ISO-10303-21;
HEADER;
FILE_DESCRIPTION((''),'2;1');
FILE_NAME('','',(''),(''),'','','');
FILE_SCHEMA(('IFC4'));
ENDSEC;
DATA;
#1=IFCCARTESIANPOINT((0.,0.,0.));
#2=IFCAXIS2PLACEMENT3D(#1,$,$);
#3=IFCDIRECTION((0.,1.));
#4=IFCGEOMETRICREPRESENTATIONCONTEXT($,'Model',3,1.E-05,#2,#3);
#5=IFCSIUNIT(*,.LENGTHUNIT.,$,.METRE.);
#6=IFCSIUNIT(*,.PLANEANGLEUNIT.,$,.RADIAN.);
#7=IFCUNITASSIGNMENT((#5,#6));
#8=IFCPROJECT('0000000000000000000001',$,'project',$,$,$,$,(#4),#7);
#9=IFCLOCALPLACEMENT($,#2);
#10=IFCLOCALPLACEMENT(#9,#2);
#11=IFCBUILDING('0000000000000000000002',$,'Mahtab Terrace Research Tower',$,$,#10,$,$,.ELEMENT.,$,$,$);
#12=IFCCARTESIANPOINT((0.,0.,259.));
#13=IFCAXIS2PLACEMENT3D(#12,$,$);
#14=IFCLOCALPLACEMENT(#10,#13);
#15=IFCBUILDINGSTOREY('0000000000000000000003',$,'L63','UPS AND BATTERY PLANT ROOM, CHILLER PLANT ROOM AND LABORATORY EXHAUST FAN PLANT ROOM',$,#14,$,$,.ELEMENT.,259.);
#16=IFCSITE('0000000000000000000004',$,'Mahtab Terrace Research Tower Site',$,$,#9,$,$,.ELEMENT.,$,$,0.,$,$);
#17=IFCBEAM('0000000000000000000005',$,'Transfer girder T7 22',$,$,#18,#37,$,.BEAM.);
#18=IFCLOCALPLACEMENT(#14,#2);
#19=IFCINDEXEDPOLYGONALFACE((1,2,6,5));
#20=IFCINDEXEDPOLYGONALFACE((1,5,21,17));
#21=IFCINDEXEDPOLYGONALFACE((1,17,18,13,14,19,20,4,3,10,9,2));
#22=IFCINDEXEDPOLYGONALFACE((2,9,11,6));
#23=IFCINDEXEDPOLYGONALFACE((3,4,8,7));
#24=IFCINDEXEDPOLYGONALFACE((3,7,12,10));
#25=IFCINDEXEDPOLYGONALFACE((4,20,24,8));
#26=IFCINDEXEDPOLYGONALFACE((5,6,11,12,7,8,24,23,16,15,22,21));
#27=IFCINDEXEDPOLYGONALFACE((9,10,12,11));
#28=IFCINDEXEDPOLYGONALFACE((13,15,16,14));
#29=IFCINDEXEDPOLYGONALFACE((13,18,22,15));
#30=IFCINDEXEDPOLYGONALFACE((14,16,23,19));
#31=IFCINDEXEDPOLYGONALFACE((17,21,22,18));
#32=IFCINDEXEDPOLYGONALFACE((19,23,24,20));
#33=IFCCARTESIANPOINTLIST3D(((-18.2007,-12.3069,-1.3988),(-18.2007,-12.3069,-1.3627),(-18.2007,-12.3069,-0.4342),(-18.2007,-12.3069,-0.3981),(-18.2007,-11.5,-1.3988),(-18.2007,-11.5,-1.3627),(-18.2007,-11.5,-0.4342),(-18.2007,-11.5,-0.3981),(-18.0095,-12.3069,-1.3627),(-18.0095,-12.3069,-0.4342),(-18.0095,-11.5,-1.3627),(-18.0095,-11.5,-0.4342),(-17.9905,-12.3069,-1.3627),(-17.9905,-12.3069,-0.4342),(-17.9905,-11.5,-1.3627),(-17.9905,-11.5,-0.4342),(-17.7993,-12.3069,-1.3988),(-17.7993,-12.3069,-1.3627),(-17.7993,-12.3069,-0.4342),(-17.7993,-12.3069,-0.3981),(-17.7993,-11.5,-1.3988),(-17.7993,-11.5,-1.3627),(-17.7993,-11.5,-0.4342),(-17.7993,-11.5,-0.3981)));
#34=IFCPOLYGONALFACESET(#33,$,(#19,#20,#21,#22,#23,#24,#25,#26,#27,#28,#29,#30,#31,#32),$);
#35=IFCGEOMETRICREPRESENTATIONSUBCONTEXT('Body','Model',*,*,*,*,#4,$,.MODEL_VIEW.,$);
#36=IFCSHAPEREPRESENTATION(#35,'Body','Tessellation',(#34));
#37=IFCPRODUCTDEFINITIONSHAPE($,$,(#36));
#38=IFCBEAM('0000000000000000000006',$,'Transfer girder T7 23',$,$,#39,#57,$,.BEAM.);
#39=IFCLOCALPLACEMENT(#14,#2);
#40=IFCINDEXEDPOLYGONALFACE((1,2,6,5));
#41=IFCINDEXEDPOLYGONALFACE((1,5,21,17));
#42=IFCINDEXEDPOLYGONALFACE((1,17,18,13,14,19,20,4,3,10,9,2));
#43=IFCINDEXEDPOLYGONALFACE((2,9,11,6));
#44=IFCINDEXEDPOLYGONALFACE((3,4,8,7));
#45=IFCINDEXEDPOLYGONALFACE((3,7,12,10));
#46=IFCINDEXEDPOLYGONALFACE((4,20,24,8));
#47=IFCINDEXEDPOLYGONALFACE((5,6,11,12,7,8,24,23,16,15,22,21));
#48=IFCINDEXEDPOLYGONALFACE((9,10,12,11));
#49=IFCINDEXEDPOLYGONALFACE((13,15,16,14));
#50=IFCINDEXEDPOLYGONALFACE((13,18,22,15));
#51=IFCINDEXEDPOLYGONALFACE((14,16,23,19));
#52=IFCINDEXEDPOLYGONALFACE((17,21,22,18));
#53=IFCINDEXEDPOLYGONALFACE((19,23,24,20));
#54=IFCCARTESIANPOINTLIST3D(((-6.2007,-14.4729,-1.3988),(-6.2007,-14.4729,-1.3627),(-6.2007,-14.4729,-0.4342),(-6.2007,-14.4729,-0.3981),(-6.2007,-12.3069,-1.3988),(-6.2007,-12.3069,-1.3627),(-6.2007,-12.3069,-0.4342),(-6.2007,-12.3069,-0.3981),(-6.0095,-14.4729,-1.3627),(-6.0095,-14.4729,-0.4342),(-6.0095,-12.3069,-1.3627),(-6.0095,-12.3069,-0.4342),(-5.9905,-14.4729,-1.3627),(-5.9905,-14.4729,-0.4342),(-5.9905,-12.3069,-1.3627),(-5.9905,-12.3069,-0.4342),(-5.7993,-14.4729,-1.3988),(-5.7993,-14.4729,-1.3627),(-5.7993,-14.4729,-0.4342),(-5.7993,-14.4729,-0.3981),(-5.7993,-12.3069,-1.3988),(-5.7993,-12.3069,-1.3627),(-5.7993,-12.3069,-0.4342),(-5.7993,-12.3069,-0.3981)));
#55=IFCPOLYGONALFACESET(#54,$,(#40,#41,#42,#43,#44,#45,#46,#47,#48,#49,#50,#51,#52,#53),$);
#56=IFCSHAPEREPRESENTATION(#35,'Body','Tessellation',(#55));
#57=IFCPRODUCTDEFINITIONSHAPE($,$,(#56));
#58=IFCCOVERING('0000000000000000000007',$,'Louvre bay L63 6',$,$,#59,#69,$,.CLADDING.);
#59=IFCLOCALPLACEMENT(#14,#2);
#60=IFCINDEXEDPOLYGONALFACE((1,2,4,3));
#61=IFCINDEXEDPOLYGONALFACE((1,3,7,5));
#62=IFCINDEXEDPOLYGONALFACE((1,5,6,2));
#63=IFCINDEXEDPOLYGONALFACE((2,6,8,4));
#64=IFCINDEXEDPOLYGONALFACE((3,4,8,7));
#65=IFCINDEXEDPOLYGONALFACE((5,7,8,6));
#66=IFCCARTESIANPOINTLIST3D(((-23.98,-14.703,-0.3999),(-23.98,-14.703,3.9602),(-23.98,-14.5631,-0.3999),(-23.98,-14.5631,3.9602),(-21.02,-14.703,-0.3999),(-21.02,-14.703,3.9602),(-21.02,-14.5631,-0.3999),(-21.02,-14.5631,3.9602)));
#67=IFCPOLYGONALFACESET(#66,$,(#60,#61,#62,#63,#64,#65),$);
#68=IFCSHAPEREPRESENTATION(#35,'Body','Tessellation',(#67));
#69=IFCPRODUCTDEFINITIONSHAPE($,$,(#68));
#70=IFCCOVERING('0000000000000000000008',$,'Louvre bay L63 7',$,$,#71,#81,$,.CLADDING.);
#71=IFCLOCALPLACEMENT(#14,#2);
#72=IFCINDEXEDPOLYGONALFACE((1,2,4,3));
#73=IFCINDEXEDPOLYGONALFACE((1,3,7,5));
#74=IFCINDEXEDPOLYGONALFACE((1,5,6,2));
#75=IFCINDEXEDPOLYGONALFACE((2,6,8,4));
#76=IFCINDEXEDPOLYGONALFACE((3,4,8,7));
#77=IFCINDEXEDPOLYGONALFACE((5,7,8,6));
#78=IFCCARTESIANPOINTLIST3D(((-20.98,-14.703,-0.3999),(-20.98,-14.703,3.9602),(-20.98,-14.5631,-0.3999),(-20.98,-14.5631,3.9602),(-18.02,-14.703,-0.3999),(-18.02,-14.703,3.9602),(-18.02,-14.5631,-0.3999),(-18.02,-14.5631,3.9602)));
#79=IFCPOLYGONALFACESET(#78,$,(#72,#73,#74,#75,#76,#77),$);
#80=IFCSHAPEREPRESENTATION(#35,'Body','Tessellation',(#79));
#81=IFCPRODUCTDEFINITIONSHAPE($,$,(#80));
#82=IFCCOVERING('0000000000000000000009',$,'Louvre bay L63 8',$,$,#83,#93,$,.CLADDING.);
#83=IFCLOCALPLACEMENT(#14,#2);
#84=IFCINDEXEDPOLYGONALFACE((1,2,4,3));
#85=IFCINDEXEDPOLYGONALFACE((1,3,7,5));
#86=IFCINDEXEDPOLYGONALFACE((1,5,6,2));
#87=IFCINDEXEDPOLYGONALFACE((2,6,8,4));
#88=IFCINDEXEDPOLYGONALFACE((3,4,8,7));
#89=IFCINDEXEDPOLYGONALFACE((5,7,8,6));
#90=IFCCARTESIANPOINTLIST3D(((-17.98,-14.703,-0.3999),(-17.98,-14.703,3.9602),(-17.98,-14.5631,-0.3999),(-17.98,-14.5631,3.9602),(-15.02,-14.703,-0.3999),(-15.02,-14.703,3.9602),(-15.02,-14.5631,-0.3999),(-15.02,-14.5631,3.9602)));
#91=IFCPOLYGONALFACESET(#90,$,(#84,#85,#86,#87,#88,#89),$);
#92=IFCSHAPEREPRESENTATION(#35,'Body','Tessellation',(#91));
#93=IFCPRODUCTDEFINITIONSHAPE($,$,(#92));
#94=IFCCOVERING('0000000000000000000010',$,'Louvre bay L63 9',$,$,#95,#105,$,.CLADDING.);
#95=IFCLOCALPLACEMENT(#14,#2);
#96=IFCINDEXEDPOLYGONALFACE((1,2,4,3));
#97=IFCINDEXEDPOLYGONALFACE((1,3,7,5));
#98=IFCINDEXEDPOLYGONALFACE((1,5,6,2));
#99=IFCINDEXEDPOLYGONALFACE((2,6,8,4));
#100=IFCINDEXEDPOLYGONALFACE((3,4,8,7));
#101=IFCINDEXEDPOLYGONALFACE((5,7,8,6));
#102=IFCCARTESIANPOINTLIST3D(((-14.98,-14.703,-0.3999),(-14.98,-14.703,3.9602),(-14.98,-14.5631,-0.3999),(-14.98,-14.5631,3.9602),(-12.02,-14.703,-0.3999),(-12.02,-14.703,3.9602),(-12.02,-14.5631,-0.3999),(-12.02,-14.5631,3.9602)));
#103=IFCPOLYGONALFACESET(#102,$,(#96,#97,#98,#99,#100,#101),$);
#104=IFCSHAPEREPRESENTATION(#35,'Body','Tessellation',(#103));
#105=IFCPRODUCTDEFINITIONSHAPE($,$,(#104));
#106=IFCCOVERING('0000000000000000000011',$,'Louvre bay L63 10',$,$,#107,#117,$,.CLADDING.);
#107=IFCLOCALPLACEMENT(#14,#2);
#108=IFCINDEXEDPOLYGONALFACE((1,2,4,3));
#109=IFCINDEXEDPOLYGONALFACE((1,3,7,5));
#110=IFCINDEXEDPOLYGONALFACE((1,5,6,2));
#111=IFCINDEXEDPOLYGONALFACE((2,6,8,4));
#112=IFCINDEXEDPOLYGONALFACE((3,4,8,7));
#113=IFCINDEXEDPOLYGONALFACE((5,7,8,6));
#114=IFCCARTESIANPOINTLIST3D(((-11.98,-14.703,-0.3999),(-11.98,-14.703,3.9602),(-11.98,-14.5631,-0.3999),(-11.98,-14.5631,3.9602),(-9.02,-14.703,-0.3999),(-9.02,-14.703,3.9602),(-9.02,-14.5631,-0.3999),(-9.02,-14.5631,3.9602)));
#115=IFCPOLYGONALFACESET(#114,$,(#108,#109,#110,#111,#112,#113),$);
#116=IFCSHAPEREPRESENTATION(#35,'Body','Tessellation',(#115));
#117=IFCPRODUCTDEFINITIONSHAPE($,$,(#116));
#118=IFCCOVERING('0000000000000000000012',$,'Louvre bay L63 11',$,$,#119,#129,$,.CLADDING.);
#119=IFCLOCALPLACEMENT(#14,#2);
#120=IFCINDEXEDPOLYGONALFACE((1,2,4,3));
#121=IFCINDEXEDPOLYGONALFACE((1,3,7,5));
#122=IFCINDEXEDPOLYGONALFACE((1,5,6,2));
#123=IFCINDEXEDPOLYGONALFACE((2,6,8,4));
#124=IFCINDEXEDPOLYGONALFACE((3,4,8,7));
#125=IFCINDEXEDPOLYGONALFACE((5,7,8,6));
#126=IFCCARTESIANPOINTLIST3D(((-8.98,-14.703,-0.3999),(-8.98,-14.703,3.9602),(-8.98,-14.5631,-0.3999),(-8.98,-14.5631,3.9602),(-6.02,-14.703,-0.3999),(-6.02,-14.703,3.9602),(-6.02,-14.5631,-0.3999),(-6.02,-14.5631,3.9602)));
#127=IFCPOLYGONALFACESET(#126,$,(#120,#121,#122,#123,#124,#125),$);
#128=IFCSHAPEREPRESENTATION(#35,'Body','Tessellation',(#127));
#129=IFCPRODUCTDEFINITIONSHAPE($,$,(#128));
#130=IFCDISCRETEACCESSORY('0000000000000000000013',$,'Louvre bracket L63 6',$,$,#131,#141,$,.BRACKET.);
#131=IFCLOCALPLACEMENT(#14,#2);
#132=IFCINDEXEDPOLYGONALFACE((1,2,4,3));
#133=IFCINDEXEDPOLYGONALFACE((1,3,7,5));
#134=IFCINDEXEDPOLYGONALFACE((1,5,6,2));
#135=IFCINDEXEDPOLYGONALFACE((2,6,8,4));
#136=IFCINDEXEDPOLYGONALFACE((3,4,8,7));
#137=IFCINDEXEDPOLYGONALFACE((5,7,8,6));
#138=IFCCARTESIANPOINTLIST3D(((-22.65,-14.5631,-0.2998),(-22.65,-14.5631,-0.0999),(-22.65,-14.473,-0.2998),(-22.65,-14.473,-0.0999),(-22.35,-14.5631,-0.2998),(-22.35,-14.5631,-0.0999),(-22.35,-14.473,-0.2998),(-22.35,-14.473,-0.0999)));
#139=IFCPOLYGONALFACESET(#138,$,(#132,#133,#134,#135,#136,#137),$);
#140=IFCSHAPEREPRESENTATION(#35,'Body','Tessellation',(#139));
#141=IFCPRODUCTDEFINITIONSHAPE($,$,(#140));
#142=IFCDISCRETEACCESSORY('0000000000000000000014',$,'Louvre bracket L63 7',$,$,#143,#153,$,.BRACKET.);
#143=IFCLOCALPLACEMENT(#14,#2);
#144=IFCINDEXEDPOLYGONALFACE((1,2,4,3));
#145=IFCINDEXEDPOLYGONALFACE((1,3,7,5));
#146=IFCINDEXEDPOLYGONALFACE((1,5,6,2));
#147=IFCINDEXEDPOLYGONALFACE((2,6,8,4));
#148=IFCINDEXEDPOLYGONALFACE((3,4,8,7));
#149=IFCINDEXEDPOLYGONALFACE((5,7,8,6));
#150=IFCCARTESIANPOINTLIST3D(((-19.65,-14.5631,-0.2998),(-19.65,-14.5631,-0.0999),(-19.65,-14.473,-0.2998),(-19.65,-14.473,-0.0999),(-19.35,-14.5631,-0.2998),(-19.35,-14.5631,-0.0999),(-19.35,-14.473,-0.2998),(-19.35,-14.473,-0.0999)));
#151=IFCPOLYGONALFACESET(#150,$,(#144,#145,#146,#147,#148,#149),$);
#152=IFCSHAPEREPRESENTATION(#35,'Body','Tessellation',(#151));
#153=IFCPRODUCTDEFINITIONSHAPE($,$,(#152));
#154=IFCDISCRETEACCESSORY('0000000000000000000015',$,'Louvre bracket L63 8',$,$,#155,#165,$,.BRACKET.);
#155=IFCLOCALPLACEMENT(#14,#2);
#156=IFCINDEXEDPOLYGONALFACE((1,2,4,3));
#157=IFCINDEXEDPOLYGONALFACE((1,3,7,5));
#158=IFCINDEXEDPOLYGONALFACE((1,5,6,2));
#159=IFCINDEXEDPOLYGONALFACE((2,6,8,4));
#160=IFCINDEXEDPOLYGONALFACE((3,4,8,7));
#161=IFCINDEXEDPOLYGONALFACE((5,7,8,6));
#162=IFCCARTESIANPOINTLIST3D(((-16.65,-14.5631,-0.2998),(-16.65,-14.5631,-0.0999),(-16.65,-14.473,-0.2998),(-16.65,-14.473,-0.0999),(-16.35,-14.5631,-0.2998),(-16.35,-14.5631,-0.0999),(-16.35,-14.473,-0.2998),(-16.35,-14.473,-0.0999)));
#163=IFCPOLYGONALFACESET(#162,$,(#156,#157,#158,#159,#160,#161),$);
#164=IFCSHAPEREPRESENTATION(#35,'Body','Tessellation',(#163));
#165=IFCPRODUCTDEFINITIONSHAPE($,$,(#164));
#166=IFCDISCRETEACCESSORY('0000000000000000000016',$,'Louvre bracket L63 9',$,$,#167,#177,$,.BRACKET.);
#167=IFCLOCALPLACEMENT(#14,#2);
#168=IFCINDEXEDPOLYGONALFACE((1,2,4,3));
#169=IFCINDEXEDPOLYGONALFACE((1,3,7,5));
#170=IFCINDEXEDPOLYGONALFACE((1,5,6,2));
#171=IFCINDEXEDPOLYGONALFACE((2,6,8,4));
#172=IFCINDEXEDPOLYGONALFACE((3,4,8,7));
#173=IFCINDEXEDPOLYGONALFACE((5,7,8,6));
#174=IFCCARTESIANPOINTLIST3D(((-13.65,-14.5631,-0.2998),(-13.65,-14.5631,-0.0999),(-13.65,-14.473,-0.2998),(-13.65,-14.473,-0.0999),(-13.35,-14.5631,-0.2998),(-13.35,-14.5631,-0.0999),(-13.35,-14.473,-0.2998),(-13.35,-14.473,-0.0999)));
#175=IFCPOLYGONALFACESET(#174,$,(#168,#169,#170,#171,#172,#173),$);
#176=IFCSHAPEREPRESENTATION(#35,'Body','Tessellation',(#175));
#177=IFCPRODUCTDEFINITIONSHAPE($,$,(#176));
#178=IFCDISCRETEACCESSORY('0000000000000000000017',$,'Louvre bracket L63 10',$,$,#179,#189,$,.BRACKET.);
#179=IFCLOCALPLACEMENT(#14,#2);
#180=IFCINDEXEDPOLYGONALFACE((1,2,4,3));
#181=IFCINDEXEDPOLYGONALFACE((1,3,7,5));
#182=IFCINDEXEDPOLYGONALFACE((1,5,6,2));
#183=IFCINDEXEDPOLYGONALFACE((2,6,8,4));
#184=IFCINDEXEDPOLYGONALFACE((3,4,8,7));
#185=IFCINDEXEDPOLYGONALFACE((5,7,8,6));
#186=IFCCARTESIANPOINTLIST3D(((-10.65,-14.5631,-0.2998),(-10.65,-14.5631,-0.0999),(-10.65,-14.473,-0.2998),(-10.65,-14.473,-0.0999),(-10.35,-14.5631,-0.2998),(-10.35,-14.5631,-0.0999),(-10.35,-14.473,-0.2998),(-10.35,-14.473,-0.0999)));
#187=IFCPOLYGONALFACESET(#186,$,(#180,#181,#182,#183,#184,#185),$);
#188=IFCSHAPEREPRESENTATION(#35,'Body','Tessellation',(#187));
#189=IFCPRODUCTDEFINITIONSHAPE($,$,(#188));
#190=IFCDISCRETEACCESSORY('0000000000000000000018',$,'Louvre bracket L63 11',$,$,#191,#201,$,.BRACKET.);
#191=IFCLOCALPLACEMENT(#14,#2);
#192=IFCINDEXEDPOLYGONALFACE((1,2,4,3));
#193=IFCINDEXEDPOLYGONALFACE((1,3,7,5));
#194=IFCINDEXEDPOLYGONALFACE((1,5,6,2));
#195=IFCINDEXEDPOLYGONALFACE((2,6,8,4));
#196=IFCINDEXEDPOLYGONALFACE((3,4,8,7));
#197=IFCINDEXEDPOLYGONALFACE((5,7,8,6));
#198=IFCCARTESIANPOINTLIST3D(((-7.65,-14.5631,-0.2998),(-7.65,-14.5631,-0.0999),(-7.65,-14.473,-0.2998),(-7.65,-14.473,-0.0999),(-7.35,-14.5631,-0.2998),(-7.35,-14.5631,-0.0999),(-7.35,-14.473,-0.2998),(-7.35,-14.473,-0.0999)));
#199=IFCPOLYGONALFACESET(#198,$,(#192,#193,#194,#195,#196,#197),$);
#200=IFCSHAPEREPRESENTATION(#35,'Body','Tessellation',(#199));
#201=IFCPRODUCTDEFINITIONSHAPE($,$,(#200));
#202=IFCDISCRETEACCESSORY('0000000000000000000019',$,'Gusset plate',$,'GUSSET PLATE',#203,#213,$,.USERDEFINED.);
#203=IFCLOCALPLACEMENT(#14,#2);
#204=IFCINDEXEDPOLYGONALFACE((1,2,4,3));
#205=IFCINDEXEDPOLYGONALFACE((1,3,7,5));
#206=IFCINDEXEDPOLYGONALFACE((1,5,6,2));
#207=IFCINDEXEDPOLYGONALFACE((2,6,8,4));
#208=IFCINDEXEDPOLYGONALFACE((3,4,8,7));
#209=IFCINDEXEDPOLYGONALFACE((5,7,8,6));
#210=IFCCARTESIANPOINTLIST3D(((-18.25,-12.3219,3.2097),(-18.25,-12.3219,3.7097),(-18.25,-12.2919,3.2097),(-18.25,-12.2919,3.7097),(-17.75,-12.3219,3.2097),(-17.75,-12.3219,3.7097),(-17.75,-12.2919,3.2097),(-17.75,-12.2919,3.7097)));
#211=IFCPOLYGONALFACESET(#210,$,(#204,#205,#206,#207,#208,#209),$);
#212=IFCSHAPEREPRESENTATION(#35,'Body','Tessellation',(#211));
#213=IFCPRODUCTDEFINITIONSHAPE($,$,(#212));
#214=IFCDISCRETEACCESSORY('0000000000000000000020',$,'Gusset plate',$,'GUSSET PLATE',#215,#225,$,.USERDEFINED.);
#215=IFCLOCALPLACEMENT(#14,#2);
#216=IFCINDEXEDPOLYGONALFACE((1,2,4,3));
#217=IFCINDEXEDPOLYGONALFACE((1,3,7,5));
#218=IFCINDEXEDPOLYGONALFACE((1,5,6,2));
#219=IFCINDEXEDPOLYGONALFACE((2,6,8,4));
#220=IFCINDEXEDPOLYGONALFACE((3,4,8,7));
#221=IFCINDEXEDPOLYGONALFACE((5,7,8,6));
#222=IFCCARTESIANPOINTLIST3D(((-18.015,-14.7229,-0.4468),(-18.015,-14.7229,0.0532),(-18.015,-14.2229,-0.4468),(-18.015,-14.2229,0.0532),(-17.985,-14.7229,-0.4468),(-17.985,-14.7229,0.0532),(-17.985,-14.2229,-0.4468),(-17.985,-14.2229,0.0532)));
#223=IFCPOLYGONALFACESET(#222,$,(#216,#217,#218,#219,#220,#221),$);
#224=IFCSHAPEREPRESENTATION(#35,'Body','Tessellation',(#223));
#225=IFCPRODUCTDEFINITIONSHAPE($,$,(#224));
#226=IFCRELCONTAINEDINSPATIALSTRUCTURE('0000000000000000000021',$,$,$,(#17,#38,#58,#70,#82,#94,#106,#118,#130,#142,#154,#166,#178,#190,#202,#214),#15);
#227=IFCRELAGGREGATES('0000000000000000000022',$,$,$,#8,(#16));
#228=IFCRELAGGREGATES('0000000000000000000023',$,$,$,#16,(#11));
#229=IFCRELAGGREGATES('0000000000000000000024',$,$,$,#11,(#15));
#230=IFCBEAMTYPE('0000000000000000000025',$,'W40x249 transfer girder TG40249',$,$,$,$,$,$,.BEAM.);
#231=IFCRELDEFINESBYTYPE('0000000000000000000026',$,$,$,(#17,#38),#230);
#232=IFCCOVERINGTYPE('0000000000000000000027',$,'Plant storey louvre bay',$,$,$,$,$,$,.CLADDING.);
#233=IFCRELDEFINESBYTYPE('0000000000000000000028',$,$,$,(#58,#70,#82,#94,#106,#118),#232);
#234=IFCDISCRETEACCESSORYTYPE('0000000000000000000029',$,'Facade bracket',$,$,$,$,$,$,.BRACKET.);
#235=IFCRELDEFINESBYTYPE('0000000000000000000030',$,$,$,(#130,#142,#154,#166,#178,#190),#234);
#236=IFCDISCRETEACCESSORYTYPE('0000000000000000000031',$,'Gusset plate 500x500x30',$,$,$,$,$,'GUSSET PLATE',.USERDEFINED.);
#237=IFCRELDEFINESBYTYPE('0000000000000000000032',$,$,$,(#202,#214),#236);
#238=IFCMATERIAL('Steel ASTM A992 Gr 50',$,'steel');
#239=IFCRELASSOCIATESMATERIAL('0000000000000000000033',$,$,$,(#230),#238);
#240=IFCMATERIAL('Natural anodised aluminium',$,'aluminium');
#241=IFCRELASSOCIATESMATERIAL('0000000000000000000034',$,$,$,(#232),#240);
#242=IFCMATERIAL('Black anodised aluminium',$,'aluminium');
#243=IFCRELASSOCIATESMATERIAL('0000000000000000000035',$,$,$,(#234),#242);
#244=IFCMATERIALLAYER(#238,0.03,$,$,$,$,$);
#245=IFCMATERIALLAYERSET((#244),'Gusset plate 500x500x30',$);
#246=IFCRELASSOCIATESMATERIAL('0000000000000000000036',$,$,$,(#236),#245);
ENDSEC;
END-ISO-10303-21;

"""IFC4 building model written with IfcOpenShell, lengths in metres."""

from ifc_helpers import new_model, si_unit, direction, frame, origin, origin_2d, place, context, subcontext, project, spatial, rectangle, i_section, extrude, material, layer, layer_set, material_profile, profile_set, type_object, element, save


model = new_model("IFC4")

# Units and contexts
model_context = context("Model", 3, precision=1e-05, world=origin(), true_north=direction((0.0, 1.0)))
body_context = subcontext(model_context, "Body", "Model", "MODEL_VIEW")
ifc_project = project(units=[si_unit("LENGTHUNIT", "METRE"), si_unit("PLANEANGLEUNIT", "RADIAN")], contexts=[model_context])

# Site, building, storey
site_placement = place(None, origin())
site = spatial("IfcSite", under=ifc_project, at=site_placement, Name="Mahtab Terrace Research Tower Site", CompositionType="ELEMENT", RefElevation=0.0)
building_placement = place(site_placement, origin())
building = spatial("IfcBuilding", under=site, at=building_placement, Name="Mahtab Terrace Research Tower", CompositionType="ELEMENT")
storey_placement = place(building_placement, frame((0.0, 0.0, 259.0)))
storey = spatial("IfcBuildingStorey", under=building, at=storey_placement, Name="L63", Description="UPS AND BATTERY PLANT ROOM, CHILLER PLANT ROOM AND LABORATORY EXHAUST FAN PLANT ROOM", CompositionType="ELEMENT", Elevation=259.0)

# Shared definitions
ifc_material_1 = material(Name="Steel ASTM A992 Gr 50", Category="steel")

# Beams
ifc_material_profile_1 = material_profile(ifc_material_1, i_section(OverallWidth=0.4014, OverallDepth=1.0007, WebThickness=0.019, FlangeThickness=0.0361, at=origin_2d()), Name="W40X249")
ifc_profile_set_1 = profile_set([ifc_material_profile_1], Name="Steel ASTM A992 Gr 50")
beam_type = type_object("IfcBeamType", Name="W40x249 transfer girder TG40249", PredefinedType="BEAM", material=ifc_profile_set_1)
beam_1_placement = place(storey_placement, frame((-18.0, -12.3069, -0.8984), z_axis=(0.0, 1.0, 0.0), x_axis=(-1.0, 0.0, 0.0)))
element("IfcBeam", 1, at=beam_1_placement, inside=storey, type_object=beam_type, Name="Transfer girder T7 22", PredefinedType="BEAM", context=body_context, shape_type="SweptSolid", body=[
    extrude(i_section(OverallWidth=0.4014, OverallDepth=1.0007, WebThickness=0.019, FlangeThickness=0.0361, at=origin_2d()), origin(), (0.0, 0.0, 1.0), 0.8069),
])
beam_2_placement = place(storey_placement, frame((-6.0, -14.4729, -0.8984), z_axis=(0.0, 1.0, 0.0), x_axis=(-1.0, 0.0, 0.0)))
element("IfcBeam", 2, at=beam_2_placement, inside=storey, type_object=beam_type, Name="Transfer girder T7 23", PredefinedType="BEAM", context=body_context, shape_type="SweptSolid", body=[
    extrude(i_section(OverallWidth=0.4014, OverallDepth=1.0007, WebThickness=0.019, FlangeThickness=0.0361, at=origin_2d()), origin(), (0.0, 0.0, 1.0), 2.166),
])

# Coverings
ifc_material_2 = material(Name="Natural anodised aluminium", Category="aluminium")
covering_type = type_object("IfcCoveringType", Name="Plant storey louvre bay", PredefinedType="CLADDING", material=ifc_material_2)
for number, where, z_axis, x_axis, name in (
    (3, (-22.5, -14.6331, -0.3999), (0.0, 0.0, 1.0), (1.0, 0.0, 0.0), "Louvre bay L63 6"),
    (4, (-19.5, -14.6331, -0.3999), (0.0, 0.0, 1.0), (1.0, 0.0, 0.0), "Louvre bay L63 7"),
    (5, (-16.5, -14.6331, -0.3999), (0.0, 0.0, 1.0), (1.0, 0.0, 0.0), "Louvre bay L63 8"),
    (6, (-13.5, -14.6331, -0.3999), (0.0, 0.0, 1.0), (1.0, 0.0, 0.0), "Louvre bay L63 9"),
    (7, (-10.5, -14.6331, -0.3999), (0.0, 0.0, 1.0), (1.0, 0.0, 0.0), "Louvre bay L63 10"),
    (8, (-7.5, -14.6331, -0.3999), (0.0, 0.0, 1.0), (1.0, 0.0, 0.0), "Louvre bay L63 11"),
):
    element("IfcCovering", number, at=place(storey_placement, frame(where, z_axis=z_axis, x_axis=x_axis)), inside=storey, type_object=covering_type, Name=name, PredefinedType="CLADDING", context=body_context, shape_type="SweptSolid", body=[
        extrude(rectangle(XDim=2.96, YDim=0.1399, at=origin_2d()), origin(), (0.0, 0.0, 1.0), 4.3601),
    ])

# Discrete accessories
ifc_material_3 = material(Name="Black anodised aluminium", Category="aluminium")
discrete_accessory_type_1 = type_object("IfcDiscreteAccessoryType", Name="Facade bracket", PredefinedType="BRACKET", material=ifc_material_3)
for number, where, z_axis, x_axis, name in (
    (9, (-22.5, -14.5181, -0.2998), (0.0, 0.0, 1.0), (1.0, 0.0, 0.0), "Louvre bracket L63 6"),
    (10, (-19.5, -14.5181, -0.2998), (0.0, 0.0, 1.0), (1.0, 0.0, 0.0), "Louvre bracket L63 7"),
    (11, (-16.5, -14.5181, -0.2998), (0.0, 0.0, 1.0), (1.0, 0.0, 0.0), "Louvre bracket L63 8"),
    (12, (-13.5, -14.5181, -0.2998), (0.0, 0.0, 1.0), (1.0, 0.0, 0.0), "Louvre bracket L63 9"),
    (13, (-10.5, -14.5181, -0.2998), (0.0, 0.0, 1.0), (1.0, 0.0, 0.0), "Louvre bracket L63 10"),
    (14, (-7.5, -14.5181, -0.2998), (0.0, 0.0, 1.0), (1.0, 0.0, 0.0), "Louvre bracket L63 11"),
):
    element("IfcDiscreteAccessory", number, at=place(storey_placement, frame(where, z_axis=z_axis, x_axis=x_axis)), inside=storey, type_object=discrete_accessory_type_1, Name=name, PredefinedType="BRACKET", context=body_context, shape_type="SweptSolid", body=[
        extrude(rectangle(XDim=0.3, YDim=0.0901, at=origin_2d()), origin(), (0.0, 0.0, 1.0), 0.2),
    ])
ifc_layer = layer(ifc_material_1, 0.03)
ifc_layer_set = layer_set([ifc_layer], Name="Gusset plate 500x500x30")
discrete_accessory_type_2 = type_object("IfcDiscreteAccessoryType", Name="Gusset plate 500x500x30", ElementType="GUSSET PLATE", PredefinedType="USERDEFINED", material=ifc_layer_set)
for number, where, z_axis, x_axis, name in (
    (15, (-18.0, -12.3069, 3.2097), (0.0, 0.0, 1.0), (1.0, 0.0, 0.0), "Gusset plate"),
    (16, (-18.0, -14.4729, -0.4468), (0.0, 0.0, 1.0), (0.0, 1.0, 0.0), "Gusset plate"),
):
    element("IfcDiscreteAccessory", number, at=place(storey_placement, frame(where, z_axis=z_axis, x_axis=x_axis)), inside=storey, type_object=discrete_accessory_type_2, Name=name, ObjectType="GUSSET PLATE", PredefinedType="USERDEFINED", context=body_context, shape_type="SweptSolid", body=[
        extrude(rectangle(XDim=0.5, YDim=0.03, at=origin_2d()), origin(), (0.0, 0.0, 1.0), 0.5),
    ])

save(model, "model.ifc")
